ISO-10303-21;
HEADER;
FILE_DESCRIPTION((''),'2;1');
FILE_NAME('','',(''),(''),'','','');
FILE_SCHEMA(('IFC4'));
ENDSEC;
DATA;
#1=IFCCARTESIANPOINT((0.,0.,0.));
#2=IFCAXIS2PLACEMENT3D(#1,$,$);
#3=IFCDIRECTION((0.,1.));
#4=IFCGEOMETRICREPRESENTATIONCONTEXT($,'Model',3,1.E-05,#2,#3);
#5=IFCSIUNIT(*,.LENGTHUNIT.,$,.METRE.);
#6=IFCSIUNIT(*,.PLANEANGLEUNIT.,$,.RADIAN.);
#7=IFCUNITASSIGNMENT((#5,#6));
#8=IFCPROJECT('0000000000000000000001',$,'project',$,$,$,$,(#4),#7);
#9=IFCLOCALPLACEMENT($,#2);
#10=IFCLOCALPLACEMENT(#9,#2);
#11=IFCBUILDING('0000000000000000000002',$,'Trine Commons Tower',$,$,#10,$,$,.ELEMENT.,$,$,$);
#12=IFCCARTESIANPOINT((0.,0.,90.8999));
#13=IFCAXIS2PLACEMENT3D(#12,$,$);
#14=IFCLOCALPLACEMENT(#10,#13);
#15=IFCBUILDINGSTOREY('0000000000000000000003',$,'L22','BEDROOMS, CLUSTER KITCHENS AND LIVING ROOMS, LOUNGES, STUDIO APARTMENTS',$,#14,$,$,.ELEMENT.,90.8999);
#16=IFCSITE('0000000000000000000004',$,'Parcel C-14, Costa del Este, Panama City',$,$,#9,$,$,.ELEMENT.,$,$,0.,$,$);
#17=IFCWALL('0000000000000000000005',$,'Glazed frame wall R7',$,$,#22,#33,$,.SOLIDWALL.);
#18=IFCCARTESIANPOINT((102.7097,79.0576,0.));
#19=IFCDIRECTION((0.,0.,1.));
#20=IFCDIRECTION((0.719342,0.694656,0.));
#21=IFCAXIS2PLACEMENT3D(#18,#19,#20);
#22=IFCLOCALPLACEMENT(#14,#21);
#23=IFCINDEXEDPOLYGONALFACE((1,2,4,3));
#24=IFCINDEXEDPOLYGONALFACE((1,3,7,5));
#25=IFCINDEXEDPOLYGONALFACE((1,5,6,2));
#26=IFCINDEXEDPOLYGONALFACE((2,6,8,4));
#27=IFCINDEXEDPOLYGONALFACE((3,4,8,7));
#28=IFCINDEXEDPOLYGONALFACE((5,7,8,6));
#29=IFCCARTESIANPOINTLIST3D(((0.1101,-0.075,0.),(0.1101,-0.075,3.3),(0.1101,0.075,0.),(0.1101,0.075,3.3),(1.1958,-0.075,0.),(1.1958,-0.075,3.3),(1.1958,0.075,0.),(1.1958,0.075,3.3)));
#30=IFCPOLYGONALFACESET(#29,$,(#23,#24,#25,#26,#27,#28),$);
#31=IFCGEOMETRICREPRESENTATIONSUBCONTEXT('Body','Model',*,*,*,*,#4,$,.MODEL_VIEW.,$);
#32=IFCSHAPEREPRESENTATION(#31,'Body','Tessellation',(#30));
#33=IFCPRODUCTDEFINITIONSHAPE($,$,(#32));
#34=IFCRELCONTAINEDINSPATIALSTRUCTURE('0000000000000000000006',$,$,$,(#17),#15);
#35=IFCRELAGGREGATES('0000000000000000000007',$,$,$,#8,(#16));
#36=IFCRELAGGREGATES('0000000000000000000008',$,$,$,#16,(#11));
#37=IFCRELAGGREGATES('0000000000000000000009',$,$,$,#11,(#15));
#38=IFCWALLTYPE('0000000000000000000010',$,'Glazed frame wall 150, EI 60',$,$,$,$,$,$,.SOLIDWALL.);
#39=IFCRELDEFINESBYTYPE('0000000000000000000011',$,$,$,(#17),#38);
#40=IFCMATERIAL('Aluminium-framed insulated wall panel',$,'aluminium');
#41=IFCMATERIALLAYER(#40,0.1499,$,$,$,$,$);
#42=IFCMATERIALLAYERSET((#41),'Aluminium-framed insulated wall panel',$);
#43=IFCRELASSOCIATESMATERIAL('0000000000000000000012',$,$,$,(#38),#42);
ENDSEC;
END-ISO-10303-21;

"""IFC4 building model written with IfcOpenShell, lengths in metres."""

from ifc_helpers import new_model, si_unit, direction, frame, origin, place, context, subcontext, project, spatial, polyline, outline, extrude, material, layer, layer_set, type_object, element, save


model = new_model("IFC4")

# Units and contexts
model_context = context("Model", 3, precision=1e-05, world=origin(), true_north=direction((0.0, 1.0)))
body_context = subcontext(model_context, "Body", "Model", "MODEL_VIEW")
ifc_project = project(units=[si_unit("LENGTHUNIT", "METRE"), si_unit("PLANEANGLEUNIT", "RADIAN")], contexts=[model_context])

# Site, building, storey
site_placement = place(None, origin())
site = spatial("IfcSite", under=ifc_project, at=site_placement, Name="Parcel C-14, Costa del Este, Panama City", CompositionType="ELEMENT", RefElevation=0.0)
building_placement = place(site_placement, origin())
building = spatial("IfcBuilding", under=site, at=building_placement, Name="Trine Commons Tower", CompositionType="ELEMENT")
storey_placement = place(building_placement, frame((0.0, 0.0, 90.8999)))
storey = spatial("IfcBuildingStorey", under=building, at=storey_placement, Name="L22", Description="BEDROOMS, CLUSTER KITCHENS AND LIVING ROOMS, LOUNGES, STUDIO APARTMENTS", CompositionType="ELEMENT", Elevation=90.8999)

# Wall
ifc_material_1 = material(Name="Aluminium-framed insulated wall panel", Category="aluminium")
ifc_layer_1 = layer(ifc_material_1, 0.1499)
ifc_layer_set_1 = layer_set([ifc_layer_1], Name="Aluminium-framed insulated wall panel")
wall_type_1 = type_object("IfcWallType", Name="Glazed frame wall 150, EI 60", PredefinedType="SOLIDWALL", material=ifc_layer_set_1)
wall_1_placement = place(storey_placement, frame((102.7097, 79.0576, 0.0), z_axis=(0.0, 0.0, 1.0), x_axis=(0.719342, 0.694656, 0.0)))
element("IfcWall", 1, at=wall_1_placement, inside=storey, type_object=wall_type_1, Name="Glazed frame wall R7", PredefinedType="SOLIDWALL", context=body_context, shape_type="SweptSolid", body=[
    extrude(outline(polyline([(0.1101, 0.075), (0.1101, -0.075), (1.1958, -0.075), (1.1958, 0.075), (0.1101, 0.075)])), origin(), (0.0, 0.0, 1.0), 3.3),
])

save(model, "model.ifc")
